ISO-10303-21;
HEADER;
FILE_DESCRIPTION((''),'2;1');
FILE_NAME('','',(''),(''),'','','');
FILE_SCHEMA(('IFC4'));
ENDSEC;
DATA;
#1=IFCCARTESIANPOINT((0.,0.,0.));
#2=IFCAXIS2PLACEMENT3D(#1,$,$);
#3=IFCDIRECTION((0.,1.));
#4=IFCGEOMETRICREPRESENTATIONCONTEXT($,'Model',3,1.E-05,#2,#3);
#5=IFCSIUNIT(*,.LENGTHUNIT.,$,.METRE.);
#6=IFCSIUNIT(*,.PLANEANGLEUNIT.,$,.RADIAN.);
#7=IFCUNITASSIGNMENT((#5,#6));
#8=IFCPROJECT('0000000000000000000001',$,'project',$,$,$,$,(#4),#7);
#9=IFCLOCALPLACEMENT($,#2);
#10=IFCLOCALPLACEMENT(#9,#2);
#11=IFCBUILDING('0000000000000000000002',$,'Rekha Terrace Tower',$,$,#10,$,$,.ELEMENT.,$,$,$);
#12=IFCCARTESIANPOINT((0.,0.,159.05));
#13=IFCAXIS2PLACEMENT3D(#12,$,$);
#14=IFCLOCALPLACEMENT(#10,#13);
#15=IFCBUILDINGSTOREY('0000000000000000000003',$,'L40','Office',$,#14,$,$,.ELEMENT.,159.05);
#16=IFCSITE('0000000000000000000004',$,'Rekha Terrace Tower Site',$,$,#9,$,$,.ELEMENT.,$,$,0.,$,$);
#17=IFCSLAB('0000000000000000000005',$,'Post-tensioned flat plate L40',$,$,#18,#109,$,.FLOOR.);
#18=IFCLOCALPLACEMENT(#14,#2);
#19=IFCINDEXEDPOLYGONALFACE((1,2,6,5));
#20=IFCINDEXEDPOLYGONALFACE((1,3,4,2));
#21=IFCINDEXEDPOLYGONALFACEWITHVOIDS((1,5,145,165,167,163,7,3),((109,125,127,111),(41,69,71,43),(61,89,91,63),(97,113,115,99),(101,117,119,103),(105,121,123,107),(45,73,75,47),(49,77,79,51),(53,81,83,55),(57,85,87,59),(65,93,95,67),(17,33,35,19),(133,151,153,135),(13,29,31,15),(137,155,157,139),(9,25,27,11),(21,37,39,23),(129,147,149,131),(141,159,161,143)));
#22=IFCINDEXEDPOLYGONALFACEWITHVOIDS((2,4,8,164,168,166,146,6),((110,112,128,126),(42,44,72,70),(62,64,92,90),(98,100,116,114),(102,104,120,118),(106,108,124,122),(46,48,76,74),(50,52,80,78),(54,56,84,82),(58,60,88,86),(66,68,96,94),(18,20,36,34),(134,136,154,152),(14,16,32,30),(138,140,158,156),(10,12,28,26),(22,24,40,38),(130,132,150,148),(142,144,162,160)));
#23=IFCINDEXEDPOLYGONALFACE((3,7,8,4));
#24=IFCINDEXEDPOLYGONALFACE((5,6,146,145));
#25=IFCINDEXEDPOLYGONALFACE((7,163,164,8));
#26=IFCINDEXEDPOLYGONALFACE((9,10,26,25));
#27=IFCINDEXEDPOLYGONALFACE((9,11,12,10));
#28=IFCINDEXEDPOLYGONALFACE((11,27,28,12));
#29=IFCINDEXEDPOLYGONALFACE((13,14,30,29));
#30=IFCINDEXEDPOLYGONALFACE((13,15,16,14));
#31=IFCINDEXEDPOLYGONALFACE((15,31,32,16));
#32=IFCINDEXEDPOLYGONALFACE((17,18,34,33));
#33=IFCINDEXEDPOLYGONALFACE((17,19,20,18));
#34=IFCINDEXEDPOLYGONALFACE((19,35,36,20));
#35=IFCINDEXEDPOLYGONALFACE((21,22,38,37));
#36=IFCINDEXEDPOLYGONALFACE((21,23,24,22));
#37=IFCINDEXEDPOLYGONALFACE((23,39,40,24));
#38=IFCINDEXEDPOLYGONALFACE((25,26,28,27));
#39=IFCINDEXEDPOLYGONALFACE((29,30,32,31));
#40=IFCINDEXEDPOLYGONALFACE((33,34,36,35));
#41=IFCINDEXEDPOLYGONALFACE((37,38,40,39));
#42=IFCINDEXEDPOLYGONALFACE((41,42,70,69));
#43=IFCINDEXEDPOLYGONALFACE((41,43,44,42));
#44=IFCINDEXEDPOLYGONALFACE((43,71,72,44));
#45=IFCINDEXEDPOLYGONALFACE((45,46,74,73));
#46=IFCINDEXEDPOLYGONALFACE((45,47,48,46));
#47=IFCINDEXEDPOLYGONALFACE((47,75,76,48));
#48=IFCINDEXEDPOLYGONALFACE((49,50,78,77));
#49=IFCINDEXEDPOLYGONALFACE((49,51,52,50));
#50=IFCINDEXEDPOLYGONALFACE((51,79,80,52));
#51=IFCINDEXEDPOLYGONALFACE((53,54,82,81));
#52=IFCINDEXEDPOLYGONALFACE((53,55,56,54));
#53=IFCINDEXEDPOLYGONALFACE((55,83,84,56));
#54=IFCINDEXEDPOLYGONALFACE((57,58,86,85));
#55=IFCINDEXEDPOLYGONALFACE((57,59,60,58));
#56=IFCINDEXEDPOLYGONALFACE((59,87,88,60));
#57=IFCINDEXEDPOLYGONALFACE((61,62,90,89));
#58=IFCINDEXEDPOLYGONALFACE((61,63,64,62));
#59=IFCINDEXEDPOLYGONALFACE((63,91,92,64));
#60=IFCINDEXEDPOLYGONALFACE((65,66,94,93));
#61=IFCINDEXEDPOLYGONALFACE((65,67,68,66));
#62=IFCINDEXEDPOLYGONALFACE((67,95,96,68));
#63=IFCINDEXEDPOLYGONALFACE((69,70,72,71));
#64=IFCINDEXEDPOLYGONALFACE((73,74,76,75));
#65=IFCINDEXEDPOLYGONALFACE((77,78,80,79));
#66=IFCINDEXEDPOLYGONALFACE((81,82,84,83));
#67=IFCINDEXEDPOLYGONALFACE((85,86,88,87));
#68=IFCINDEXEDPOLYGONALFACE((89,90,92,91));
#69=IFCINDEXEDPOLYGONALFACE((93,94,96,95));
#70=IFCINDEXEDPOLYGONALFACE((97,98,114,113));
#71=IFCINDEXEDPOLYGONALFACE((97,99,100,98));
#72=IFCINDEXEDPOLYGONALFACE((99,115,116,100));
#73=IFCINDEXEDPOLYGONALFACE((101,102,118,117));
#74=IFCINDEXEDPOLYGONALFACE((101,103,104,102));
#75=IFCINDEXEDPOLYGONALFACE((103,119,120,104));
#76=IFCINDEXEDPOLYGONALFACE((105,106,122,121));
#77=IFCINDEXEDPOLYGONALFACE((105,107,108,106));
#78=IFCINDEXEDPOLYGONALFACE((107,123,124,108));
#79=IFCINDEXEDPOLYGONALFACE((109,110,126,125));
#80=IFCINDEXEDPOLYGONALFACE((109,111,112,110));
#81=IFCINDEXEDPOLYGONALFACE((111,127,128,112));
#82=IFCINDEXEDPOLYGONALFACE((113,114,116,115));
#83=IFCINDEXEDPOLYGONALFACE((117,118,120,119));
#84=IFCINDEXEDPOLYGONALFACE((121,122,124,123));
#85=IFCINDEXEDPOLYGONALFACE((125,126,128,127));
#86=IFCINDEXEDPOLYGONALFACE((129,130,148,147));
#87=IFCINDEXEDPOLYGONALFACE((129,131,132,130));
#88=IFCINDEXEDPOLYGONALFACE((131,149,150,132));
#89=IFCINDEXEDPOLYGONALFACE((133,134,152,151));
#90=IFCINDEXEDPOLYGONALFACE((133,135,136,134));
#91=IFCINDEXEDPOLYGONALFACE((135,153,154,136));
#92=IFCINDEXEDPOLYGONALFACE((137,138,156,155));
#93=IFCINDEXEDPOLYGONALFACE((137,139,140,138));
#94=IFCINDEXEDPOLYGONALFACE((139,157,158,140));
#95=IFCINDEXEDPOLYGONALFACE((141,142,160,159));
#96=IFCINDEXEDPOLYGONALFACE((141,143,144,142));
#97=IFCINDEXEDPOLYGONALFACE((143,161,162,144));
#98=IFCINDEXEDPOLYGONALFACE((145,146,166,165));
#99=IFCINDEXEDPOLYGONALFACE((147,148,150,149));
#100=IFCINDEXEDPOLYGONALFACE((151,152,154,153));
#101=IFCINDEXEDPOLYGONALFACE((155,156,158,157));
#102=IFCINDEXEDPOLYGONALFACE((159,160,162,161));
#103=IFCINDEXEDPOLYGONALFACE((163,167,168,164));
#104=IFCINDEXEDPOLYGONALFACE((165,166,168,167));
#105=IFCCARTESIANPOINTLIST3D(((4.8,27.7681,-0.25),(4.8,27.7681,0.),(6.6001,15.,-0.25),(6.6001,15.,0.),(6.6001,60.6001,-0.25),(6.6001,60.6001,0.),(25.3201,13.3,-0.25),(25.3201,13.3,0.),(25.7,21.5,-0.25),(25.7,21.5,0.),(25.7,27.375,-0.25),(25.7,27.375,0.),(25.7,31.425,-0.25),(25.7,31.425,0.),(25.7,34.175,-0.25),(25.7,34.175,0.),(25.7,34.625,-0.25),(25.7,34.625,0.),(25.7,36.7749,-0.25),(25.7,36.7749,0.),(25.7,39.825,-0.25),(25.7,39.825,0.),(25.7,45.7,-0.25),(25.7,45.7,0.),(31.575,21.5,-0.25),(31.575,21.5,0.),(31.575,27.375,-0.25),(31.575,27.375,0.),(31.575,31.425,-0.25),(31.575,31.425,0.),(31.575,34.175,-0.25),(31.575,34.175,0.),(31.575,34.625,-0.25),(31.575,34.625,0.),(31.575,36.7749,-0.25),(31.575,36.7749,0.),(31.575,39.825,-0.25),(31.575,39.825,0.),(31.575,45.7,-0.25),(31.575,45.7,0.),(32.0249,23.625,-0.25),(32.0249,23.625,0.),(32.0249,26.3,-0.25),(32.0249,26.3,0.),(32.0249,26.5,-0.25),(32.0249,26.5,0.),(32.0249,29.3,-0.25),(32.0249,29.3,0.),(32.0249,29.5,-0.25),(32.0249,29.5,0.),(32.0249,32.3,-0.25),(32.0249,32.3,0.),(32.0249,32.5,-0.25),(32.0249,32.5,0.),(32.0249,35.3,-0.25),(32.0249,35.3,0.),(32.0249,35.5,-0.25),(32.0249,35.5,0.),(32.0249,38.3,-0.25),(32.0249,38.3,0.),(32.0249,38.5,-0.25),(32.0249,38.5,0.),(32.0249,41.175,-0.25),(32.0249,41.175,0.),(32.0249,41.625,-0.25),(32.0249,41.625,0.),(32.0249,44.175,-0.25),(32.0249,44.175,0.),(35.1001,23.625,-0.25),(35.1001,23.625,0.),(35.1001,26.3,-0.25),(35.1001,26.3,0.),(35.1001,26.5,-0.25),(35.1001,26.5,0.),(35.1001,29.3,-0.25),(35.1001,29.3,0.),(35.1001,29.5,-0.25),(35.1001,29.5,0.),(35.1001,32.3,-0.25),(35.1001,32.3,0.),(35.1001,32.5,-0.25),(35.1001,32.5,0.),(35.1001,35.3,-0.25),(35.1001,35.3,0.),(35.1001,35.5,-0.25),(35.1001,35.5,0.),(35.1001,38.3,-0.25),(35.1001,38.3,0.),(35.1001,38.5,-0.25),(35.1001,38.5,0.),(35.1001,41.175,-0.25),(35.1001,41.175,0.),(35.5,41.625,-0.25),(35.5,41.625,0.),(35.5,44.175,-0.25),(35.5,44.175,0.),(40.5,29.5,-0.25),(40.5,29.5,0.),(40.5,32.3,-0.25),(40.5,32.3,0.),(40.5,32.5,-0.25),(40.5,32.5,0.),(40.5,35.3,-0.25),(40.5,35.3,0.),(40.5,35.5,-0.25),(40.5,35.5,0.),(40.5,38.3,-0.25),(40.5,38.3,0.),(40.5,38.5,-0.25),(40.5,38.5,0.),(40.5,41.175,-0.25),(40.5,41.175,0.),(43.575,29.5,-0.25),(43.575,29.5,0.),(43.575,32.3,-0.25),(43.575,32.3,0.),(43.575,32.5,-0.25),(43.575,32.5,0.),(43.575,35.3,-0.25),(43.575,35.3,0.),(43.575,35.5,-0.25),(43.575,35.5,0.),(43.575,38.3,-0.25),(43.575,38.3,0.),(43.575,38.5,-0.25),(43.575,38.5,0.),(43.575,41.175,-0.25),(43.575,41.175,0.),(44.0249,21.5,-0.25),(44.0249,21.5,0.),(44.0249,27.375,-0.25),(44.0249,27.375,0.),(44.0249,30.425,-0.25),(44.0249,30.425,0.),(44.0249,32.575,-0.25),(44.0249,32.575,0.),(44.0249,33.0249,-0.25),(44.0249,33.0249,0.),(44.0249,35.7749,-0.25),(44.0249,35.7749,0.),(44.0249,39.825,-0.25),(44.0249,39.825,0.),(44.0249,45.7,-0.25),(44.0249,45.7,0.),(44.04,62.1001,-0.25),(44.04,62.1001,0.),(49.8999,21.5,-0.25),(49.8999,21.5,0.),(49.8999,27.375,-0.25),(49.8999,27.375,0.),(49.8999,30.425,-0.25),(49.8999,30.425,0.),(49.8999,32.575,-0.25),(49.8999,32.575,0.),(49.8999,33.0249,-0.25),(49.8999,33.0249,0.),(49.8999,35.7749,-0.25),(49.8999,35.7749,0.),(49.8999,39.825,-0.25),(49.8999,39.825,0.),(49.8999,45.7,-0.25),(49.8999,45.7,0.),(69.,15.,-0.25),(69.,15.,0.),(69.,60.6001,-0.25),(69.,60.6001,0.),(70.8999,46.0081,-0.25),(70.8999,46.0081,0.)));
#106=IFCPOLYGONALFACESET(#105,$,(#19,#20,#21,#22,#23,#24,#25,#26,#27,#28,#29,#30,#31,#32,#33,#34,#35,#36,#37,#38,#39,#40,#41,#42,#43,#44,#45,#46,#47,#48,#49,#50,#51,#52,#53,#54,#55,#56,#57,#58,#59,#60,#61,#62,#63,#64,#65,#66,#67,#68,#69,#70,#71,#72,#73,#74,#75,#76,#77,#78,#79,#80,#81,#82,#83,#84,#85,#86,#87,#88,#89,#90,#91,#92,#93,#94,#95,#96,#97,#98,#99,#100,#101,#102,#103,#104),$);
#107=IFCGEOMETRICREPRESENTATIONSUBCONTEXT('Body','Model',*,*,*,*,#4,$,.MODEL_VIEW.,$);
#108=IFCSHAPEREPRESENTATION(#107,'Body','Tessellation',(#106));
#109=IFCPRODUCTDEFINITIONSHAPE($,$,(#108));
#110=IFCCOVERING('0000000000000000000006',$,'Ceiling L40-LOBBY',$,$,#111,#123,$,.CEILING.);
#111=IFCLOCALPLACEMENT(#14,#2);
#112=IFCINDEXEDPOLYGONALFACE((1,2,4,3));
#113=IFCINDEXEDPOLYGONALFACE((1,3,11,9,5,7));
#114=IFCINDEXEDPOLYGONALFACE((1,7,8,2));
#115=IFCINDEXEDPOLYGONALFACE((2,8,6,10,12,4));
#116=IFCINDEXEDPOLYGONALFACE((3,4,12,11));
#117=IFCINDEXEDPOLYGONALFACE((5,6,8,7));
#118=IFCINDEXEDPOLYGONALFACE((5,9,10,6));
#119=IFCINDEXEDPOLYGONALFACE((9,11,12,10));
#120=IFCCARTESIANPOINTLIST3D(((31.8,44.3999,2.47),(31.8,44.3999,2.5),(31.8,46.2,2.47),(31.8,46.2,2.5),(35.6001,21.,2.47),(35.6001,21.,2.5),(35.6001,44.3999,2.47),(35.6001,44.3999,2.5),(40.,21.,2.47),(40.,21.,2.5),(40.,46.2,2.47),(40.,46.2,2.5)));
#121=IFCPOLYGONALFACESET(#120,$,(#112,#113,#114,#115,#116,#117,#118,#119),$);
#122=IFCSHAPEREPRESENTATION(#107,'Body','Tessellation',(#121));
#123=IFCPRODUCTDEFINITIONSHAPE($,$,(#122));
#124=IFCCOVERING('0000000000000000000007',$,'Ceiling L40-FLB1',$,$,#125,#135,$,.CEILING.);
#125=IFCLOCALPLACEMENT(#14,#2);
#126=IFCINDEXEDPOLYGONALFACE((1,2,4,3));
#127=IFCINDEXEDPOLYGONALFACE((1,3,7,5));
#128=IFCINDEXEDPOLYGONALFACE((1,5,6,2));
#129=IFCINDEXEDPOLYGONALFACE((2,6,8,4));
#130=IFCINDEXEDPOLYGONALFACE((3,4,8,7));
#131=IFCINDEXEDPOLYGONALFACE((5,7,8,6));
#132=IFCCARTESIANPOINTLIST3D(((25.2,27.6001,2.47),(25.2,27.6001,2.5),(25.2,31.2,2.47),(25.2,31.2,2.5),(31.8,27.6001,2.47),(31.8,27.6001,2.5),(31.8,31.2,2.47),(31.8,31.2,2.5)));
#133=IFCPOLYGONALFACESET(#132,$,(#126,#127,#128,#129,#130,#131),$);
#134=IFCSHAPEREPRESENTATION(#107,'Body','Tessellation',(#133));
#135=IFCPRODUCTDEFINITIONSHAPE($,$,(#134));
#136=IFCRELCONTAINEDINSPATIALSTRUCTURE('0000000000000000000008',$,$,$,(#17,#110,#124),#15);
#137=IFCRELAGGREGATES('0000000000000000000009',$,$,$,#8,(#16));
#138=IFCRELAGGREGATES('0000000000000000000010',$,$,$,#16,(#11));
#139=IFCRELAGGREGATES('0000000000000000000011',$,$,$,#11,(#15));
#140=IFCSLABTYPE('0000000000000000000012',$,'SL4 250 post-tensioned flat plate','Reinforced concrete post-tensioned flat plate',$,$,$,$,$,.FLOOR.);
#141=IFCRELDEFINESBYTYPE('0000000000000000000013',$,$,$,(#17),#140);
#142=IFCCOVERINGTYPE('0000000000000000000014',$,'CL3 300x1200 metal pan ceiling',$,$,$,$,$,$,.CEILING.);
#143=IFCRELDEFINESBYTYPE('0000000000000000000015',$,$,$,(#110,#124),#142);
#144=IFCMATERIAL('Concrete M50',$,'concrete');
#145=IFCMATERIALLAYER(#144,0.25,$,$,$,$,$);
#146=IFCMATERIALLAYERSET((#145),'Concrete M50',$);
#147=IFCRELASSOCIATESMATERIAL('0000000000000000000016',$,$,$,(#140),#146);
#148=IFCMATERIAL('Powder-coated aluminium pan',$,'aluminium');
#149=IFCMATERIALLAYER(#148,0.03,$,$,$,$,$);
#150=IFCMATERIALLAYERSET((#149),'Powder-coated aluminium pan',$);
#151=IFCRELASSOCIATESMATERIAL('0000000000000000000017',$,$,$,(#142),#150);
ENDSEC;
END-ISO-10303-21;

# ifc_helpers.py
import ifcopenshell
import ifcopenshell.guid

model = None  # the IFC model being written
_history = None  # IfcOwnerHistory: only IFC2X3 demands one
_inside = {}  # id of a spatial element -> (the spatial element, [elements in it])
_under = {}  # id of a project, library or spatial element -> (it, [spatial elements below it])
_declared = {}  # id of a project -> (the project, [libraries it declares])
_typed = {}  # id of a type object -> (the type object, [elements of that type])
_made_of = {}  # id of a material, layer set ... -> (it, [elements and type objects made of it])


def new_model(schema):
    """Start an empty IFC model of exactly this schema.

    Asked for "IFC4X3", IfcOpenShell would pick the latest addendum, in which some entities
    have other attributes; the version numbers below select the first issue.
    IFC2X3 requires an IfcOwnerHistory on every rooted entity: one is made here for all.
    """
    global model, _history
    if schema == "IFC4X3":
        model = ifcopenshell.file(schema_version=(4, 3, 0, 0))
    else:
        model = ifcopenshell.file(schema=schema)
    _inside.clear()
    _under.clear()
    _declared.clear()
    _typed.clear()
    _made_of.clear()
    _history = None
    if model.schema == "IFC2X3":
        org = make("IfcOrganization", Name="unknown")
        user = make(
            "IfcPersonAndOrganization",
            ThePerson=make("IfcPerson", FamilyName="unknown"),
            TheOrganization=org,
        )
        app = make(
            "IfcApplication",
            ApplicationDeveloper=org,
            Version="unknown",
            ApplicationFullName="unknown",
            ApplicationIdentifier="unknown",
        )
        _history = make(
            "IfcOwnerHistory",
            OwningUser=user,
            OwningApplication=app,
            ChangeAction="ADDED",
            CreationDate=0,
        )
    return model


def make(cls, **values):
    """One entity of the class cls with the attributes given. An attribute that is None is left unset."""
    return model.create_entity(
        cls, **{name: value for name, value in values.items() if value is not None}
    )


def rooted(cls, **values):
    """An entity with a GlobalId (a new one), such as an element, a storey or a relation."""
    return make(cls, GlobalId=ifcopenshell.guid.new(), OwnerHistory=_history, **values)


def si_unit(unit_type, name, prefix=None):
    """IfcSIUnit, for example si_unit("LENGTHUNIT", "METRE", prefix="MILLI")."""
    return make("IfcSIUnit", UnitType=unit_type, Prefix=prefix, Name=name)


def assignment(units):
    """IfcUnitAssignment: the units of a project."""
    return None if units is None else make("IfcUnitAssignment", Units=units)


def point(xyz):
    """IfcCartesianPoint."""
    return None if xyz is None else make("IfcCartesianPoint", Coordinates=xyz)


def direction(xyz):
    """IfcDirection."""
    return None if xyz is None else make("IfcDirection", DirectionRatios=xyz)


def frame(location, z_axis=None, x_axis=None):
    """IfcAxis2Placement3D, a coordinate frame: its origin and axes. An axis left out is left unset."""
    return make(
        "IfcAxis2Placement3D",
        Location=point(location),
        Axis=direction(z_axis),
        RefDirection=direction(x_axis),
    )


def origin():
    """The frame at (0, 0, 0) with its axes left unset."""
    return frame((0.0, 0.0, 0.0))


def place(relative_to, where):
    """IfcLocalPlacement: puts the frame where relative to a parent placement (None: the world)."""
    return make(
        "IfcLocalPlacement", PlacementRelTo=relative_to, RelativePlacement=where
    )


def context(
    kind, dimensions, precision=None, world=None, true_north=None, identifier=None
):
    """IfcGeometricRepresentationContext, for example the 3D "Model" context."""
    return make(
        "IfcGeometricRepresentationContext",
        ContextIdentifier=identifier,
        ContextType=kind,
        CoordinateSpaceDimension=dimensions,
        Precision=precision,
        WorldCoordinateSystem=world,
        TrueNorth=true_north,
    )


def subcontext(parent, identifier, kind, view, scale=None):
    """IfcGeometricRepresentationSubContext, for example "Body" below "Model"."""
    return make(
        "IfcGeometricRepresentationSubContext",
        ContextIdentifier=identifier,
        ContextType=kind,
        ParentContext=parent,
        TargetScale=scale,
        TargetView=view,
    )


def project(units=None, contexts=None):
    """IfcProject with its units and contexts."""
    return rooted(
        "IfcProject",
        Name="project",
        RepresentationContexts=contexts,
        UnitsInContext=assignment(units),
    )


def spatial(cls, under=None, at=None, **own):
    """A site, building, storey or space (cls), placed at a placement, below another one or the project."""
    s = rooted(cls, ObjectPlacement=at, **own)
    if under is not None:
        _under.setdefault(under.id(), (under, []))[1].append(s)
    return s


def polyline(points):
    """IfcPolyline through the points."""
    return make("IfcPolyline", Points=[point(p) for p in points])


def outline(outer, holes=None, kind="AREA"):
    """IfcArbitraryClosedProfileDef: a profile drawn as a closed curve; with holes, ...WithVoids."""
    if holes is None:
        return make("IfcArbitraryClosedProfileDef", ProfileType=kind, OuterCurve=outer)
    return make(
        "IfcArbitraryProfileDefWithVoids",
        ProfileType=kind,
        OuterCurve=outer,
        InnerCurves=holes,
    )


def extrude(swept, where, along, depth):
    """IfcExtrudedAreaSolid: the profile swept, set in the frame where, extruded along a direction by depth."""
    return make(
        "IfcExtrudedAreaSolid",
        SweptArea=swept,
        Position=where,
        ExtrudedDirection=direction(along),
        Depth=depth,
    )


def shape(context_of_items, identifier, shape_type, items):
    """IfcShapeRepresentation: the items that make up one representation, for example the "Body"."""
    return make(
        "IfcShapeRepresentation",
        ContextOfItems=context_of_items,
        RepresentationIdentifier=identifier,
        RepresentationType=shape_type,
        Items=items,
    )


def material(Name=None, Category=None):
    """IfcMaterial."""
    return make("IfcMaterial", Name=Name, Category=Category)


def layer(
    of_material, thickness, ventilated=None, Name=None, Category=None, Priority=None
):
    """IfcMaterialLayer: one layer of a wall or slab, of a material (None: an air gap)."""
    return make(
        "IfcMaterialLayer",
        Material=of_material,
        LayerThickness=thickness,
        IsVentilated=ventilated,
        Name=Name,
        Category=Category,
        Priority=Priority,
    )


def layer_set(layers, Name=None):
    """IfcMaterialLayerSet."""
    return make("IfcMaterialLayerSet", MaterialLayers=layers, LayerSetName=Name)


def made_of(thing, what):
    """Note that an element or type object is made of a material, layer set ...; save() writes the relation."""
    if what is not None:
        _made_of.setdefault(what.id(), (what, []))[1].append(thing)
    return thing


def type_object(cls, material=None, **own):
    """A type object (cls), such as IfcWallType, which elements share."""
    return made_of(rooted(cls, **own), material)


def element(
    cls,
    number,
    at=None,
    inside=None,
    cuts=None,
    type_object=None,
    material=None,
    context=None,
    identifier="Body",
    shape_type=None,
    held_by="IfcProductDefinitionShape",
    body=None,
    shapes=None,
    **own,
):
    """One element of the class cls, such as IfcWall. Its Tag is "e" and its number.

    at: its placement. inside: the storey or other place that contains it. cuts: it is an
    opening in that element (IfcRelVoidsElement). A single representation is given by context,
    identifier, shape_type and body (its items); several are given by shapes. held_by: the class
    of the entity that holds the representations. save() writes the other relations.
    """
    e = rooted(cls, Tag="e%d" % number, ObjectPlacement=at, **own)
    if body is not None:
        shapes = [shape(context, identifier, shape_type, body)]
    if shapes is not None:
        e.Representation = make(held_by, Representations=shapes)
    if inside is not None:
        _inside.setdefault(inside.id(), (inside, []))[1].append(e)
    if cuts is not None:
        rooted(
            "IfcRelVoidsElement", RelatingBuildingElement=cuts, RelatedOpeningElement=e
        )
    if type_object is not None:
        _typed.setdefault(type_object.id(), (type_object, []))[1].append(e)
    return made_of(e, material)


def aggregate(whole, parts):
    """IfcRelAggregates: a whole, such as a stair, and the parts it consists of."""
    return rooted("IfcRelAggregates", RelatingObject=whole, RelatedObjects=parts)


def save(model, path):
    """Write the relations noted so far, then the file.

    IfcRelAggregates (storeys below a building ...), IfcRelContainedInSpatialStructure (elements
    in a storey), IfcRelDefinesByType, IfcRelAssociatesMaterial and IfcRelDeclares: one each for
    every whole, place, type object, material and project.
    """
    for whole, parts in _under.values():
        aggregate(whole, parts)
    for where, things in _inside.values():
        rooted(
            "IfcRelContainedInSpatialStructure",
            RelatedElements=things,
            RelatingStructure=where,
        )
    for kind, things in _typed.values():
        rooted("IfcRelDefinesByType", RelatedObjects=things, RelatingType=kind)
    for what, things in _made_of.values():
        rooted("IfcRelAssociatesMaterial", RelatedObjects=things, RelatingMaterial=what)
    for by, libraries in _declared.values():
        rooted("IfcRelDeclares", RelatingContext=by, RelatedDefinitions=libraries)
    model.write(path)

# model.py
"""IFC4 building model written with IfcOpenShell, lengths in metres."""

from ifc_helpers import new_model, si_unit, direction, frame, origin, place, context, subcontext, project, spatial, polyline, outline, extrude, material, layer, layer_set, type_object, element, save


model = new_model("IFC4")

# Units and contexts
model_context = context("Model", 3, precision=1e-05, world=origin(), true_north=direction((0.0, 1.0)))
body_context = subcontext(model_context, "Body", "Model", "MODEL_VIEW")
ifc_project = project(units=[si_unit("LENGTHUNIT", "METRE"), si_unit("PLANEANGLEUNIT", "RADIAN")], contexts=[model_context])

# Site, building, storey
site_placement = place(None, origin())
site = spatial("IfcSite", under=ifc_project, at=site_placement, Name="Rekha Terrace Tower Site", CompositionType="ELEMENT", RefElevation=0.0)
building_placement = place(site_placement, origin())
building = spatial("IfcBuilding", under=site, at=building_placement, Name="Rekha Terrace Tower", CompositionType="ELEMENT")
storey_placement = place(building_placement, frame((0.0, 0.0, 159.05)))
storey = spatial("IfcBuildingStorey", under=building, at=storey_placement, Name="L40", Description="Office", CompositionType="ELEMENT", Elevation=159.05)

# Slab
ifc_material_1 = material(Name="Concrete M50", Category="concrete")
ifc_layer_1 = layer(ifc_material_1, 0.25)
ifc_layer_set_1 = layer_set([ifc_layer_1], Name="Concrete M50")
slab_type_1 = type_object("IfcSlabType", Name="SL4 250 post-tensioned flat plate", Description="Reinforced concrete post-tensioned flat plate", PredefinedType="FLOOR", material=ifc_layer_set_1)
slab_1_placement = place(storey_placement, frame((0.0, 0.0, -0.25)))
element("IfcSlab", 1, at=slab_1_placement, inside=storey, type_object=slab_type_1, Name="Post-tensioned flat plate L40", PredefinedType="FLOOR", context=body_context, shape_type="SweptSolid", body=[
    extrude(outline(polyline([(4.8, 27.7681), (6.6001, 15.0), (25.3201, 13.3), (69.0, 15.0), (70.8999, 46.0081), (69.0, 60.6001), (44.04, 62.1001), (6.6001, 60.6001), (4.8, 27.7681)]), holes=[polyline([(31.575, 27.375), (31.575, 21.5), (25.7, 21.5), (25.7, 27.375), (31.575, 27.375)]), polyline([(35.1001, 26.3), (35.1001, 23.625), (32.0249, 23.625), (32.0249, 26.3), (35.1001, 26.3)]), polyline([(35.1001, 29.3), (35.1001, 26.5), (32.0249, 26.5), (32.0249, 29.3), (35.1001, 29.3)]), polyline([(35.1001, 32.3), (35.1001, 29.5), (32.0249, 29.5), (32.0249, 32.3), (35.1001, 32.3)]), polyline([(31.575, 34.175), (31.575, 31.425), (25.7, 31.425), (25.7, 34.175), (31.575, 34.175)]), polyline([(35.1001, 35.3), (35.1001, 32.5), (32.0249, 32.5), (32.0249, 35.3), (35.1001, 35.3)]), polyline([(31.575, 36.7749), (31.575, 34.625), (25.7, 34.625), (25.7, 36.7749), (31.575, 36.7749)]), polyline([(35.1001, 35.5), (32.0249, 35.5), (32.0249, 38.3), (35.1001, 38.3), (35.1001, 35.5)]), polyline([(35.1001, 38.5), (32.0249, 38.5), (32.0249, 41.175), (35.1001, 41.175), (35.1001, 38.5)]), polyline([(31.575, 45.7), (31.575, 39.825), (25.7, 39.825), (25.7, 45.7), (31.575, 45.7)]), polyline([(49.8999, 27.375), (49.8999, 21.5), (44.0249, 21.5), (44.0249, 27.375), (49.8999, 27.375)]), polyline([(43.575, 32.3), (43.575, 29.5), (40.5, 29.5), (40.5, 32.3), (43.575, 32.3)]), polyline([(49.8999, 30.425), (44.0249, 30.425), (44.0249, 32.575), (49.8999, 32.575), (49.8999, 30.425)]), polyline([(43.575, 32.5), (40.5, 32.5), (40.5, 35.3), (43.575, 35.3), (43.575, 32.5)]), polyline([(49.8999, 35.7749), (49.8999, 33.0249), (44.0249, 33.0249), (44.0249, 35.7749), (49.8999, 35.7749)]), polyline([(43.575, 38.3), (43.575, 35.5), (40.5, 35.5), (40.5, 38.3), (43.575, 38.3)]), polyline([(43.575, 41.175), (43.575, 38.5), (40.5, 38.5), (40.5, 41.175), (43.575, 41.175)]), polyline([(49.8999, 39.825), (44.0249, 39.825), (44.0249, 45.7), (49.8999, 45.7), (49.8999, 39.825)]), polyline([(35.5, 41.625), (32.0249, 41.625), (32.0249, 44.175), (35.5, 44.175), (35.5, 41.625)])]), origin(), (0.0, 0.0, 1.0), 0.25),
])

# Coverings
ifc_material_2 = material(Name="Powder-coated aluminium pan", Category="aluminium")
ifc_layer_2 = layer(ifc_material_2, 0.03)
ifc_layer_set_2 = layer_set([ifc_layer_2], Name="Powder-coated aluminium pan")
covering_type_1 = type_object("IfcCoveringType", Name="CL3 300x1200 metal pan ceiling", PredefinedType="CEILING", material=ifc_layer_set_2)
covering_1_placement = place(storey_placement, frame((0.0, 0.0, 2.47)))
element("IfcCovering", 2, at=covering_1_placement, inside=storey, type_object=covering_type_1, Name="Ceiling L40-LOBBY", PredefinedType="CEILING", context=body_context, shape_type="SweptSolid", body=[
    extrude(outline(polyline([(35.6001, 44.3999), (35.6001, 21.0), (40.0, 21.0), (40.0, 46.2), (31.8, 46.2), (31.8, 44.3999), (35.6001, 44.3999)])), origin(), (0.0, 0.0, 1.0), 0.03),
])
covering_2_placement = place(storey_placement, frame((0.0, 0.0, 2.47)))
element("IfcCovering", 3, at=covering_2_placement, inside=storey, type_object=covering_type_1, Name="Ceiling L40-FLB1", PredefinedType="CEILING", context=body_context, shape_type="SweptSolid", body=[
    extrude(outline(polyline([(31.8, 31.2), (25.2, 31.2), (25.2, 27.6001), (31.8, 27.6001), (31.8, 31.2)])), origin(), (0.0, 0.0, 1.0), 0.03),
])

save(model, "model.ifc")
